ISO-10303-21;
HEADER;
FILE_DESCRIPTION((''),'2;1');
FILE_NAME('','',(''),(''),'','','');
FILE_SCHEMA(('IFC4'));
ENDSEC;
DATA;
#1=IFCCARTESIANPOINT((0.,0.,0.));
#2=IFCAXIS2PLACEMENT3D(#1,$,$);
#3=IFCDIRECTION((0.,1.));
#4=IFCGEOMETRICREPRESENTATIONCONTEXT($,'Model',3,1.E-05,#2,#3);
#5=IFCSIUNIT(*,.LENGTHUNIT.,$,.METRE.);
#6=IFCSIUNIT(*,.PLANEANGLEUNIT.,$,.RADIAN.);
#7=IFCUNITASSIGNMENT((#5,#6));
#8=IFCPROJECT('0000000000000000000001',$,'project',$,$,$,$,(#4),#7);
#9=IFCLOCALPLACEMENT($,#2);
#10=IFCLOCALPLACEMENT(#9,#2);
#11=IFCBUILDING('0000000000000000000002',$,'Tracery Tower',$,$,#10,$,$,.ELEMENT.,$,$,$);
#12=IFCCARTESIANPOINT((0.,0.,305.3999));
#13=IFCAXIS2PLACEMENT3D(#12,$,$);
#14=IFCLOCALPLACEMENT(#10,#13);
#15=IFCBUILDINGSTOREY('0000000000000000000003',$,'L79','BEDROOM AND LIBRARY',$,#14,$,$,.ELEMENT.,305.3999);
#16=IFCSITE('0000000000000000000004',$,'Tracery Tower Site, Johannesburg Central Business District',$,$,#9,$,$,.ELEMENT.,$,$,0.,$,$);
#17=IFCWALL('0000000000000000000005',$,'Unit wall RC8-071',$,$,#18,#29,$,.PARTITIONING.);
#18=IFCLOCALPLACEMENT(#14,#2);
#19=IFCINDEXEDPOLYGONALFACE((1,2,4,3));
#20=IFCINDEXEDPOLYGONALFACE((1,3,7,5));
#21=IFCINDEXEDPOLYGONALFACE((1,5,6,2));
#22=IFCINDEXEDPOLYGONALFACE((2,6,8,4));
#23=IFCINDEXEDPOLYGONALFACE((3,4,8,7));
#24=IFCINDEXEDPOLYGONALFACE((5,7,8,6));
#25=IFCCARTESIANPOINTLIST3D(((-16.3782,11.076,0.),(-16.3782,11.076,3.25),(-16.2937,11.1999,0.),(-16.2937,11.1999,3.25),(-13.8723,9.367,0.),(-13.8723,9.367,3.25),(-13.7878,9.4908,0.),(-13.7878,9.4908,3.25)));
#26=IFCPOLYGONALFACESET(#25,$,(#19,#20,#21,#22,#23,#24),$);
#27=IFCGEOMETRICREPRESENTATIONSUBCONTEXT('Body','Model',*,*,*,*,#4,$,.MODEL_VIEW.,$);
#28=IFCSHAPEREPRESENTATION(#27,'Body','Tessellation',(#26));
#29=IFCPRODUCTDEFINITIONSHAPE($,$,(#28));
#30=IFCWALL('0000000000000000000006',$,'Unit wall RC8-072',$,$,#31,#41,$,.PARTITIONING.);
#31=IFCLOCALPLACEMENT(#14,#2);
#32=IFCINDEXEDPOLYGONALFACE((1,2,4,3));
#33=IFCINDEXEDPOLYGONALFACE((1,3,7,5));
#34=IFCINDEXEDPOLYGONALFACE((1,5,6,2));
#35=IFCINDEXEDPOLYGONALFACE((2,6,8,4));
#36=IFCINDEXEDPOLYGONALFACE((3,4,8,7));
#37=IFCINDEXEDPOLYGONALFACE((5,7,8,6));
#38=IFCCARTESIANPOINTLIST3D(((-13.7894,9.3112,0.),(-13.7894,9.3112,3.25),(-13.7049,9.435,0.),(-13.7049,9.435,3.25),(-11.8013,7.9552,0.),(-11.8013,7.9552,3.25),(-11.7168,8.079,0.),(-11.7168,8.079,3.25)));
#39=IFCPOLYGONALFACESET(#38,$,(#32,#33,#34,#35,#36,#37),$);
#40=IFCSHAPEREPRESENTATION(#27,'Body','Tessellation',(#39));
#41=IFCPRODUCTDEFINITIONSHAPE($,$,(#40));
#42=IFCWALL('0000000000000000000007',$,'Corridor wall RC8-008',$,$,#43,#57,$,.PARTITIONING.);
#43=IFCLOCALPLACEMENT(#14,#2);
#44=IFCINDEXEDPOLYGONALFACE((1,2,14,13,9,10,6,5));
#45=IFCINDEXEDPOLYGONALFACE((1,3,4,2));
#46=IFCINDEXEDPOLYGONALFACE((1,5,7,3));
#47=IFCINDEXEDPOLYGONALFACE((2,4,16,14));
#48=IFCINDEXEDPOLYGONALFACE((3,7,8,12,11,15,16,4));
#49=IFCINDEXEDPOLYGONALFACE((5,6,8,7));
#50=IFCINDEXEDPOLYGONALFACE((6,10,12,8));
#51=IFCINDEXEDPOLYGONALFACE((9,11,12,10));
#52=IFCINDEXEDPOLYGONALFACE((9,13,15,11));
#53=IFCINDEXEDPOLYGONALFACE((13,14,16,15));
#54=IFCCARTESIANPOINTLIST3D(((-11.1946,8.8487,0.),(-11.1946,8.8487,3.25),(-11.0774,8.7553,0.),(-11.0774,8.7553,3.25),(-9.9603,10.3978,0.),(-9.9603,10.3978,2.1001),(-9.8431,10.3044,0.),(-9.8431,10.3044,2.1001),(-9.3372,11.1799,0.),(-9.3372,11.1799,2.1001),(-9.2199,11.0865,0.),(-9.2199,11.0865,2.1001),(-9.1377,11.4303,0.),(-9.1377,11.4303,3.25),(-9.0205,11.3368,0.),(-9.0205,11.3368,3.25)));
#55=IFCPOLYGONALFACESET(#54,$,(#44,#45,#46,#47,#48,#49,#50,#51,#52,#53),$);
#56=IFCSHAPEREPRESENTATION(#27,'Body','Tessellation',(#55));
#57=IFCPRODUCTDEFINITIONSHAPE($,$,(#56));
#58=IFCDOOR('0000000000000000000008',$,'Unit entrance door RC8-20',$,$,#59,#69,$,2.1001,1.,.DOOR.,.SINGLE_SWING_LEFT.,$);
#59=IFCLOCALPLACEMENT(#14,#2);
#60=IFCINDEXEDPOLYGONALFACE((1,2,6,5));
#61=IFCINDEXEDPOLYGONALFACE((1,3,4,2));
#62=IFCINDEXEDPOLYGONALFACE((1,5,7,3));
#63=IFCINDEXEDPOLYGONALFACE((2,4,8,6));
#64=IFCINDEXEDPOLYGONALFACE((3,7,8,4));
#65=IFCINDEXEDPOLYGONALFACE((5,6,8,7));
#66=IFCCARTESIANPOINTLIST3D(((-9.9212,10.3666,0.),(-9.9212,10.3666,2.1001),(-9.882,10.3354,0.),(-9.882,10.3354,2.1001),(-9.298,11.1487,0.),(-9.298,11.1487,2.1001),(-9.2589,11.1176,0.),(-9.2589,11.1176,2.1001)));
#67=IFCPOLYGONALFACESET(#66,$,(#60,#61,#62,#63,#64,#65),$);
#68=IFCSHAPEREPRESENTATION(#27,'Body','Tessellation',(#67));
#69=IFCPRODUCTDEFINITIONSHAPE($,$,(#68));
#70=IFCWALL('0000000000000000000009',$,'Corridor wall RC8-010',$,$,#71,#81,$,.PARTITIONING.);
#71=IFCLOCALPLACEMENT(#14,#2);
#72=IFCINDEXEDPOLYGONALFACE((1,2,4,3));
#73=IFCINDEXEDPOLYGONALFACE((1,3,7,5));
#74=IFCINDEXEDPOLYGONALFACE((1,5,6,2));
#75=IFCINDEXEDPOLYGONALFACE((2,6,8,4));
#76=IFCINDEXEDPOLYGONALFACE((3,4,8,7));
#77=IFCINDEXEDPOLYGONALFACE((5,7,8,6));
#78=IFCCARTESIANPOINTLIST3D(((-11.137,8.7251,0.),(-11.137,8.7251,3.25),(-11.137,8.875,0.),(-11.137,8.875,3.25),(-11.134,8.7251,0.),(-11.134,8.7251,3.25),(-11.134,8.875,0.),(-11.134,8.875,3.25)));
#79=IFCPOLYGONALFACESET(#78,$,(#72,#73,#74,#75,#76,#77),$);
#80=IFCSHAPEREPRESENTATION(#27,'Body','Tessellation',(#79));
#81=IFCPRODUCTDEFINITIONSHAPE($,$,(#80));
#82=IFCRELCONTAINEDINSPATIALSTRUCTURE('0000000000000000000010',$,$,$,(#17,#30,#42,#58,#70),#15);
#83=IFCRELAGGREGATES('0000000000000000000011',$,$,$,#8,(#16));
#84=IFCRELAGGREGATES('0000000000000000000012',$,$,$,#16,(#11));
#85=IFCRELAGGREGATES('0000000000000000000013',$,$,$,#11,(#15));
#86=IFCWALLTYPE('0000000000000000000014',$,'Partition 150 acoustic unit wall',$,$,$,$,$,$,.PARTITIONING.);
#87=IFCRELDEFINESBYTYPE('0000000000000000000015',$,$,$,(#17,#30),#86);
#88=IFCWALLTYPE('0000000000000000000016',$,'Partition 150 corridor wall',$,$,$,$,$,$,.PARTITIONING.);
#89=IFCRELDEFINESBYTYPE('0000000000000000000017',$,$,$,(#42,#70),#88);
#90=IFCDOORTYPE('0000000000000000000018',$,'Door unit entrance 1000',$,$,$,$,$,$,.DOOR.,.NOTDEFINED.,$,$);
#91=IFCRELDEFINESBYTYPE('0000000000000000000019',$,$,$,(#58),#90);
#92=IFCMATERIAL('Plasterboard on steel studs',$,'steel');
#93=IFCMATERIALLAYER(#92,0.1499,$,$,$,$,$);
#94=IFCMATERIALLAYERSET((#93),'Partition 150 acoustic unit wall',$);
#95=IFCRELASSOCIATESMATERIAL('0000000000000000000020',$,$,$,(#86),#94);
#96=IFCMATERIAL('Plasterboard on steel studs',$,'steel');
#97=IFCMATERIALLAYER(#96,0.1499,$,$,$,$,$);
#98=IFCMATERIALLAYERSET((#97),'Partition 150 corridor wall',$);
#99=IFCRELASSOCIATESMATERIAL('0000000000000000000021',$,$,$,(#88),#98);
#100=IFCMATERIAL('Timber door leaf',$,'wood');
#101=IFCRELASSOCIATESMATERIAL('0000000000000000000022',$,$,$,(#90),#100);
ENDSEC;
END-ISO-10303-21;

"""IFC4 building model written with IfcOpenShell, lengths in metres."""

from ifc_helpers import new_model, si_unit, direction, frame, frame_2d, origin, place, context, subcontext, project, spatial, rectangle, extrude, material, layer, layer_set, type_object, element, fill, save


model = new_model("IFC4")

# Units and contexts
model_context = context("Model", 3, precision=1e-05, world=origin(), true_north=direction((0.0, 1.0)))
body_context = subcontext(model_context, "Body", "Model", "MODEL_VIEW")
ifc_project = project(units=[si_unit("LENGTHUNIT", "METRE"), si_unit("PLANEANGLEUNIT", "RADIAN")], contexts=[model_context])

# Site, building, storey
site_placement = place(None, origin())
site = spatial("IfcSite", under=ifc_project, at=site_placement, Name="Tracery Tower Site, Johannesburg Central Business District", CompositionType="ELEMENT", RefElevation=0.0)
building_placement = place(site_placement, origin())
building = spatial("IfcBuilding", under=site, at=building_placement, Name="Tracery Tower", CompositionType="ELEMENT")
storey_placement = place(building_placement, frame((0.0, 0.0, 305.3999)))
storey = spatial("IfcBuildingStorey", under=building, at=storey_placement, Name="L79", Description="BEDROOM AND LIBRARY", CompositionType="ELEMENT", Elevation=305.3999)

# Walls
ifc_material_1 = material(Name="Plasterboard on steel studs", Category="steel")
ifc_layer_1 = layer(ifc_material_1, 0.1499)
ifc_layer_set_1 = layer_set([ifc_layer_1], Name="Partition 150 acoustic unit wall")
wall_type_1 = type_object("IfcWallType", Name="Partition 150 acoustic unit wall", PredefinedType="PARTITIONING", material=ifc_layer_set_1)
wall_1_placement = place(storey_placement, frame((-16.3359, 11.1379, 0.0), z_axis=(0.0, 0.0, 1.0), x_axis=(0.826159, -0.563437, 0.0)))
element("IfcWall", 1, at=wall_1_placement, inside=storey, type_object=wall_type_1, Name="Unit wall RC8-071", PredefinedType="PARTITIONING", context=body_context, shape_type="SweptSolid", body=[
    extrude(rectangle(XDim=3.0332, YDim=0.1499, at=frame_2d((1.5166, 0.0))), origin(), (0.0, 0.0, 1.0), 3.25),
])
wall_2_placement = place(storey_placement, frame((-13.7471, 9.373, 0.0), z_axis=(0.0, 0.0, 1.0), x_axis=(0.826135, -0.563472, 0.0)))
element("IfcWall", 2, at=wall_2_placement, inside=storey, type_object=wall_type_1, Name="Unit wall RC8-072", PredefinedType="PARTITIONING", context=body_context, shape_type="SweptSolid", body=[
    extrude(rectangle(XDim=2.4065, YDim=0.1499, at=frame_2d((1.2031, 0.0))), origin(), (0.0, 0.0, 1.0), 3.25),
])

# Wall, opening, door
ifc_material_2 = material(Name="Plasterboard on steel studs", Category="steel")
ifc_layer_2 = layer(ifc_material_2, 0.1499)
ifc_layer_set_2 = layer_set([ifc_layer_2], Name="Partition 150 corridor wall")
wall_type_2 = type_object("IfcWallType", Name="Partition 150 corridor wall", PredefinedType="PARTITIONING", material=ifc_layer_set_2)
wall_3_placement = place(storey_placement, frame((-11.136, 8.802, 0.0), z_axis=(0.0, 0.0, 1.0), x_axis=(0.623151, 0.782101, 0.0)))
wall_3 = element("IfcWall", 3, at=wall_3_placement, inside=storey, type_object=wall_type_2, Name="Corridor wall RC8-008", PredefinedType="PARTITIONING", context=body_context, shape_type="SweptSolid", body=[
    extrude(rectangle(XDim=3.3008, YDim=0.1499, at=frame_2d((1.6504, 0.0))), origin(), (0.0, 0.0, 1.0), 3.25),
])
opening_1_placement = place(wall_3_placement, frame((1.9807, 0.0, 0.0)))
opening_1 = element("IfcOpeningElement", 4, at=opening_1_placement, cuts=wall_3, PredefinedType="OPENING", context=body_context, shape_type="SweptSolid", body=[
    extrude(rectangle(XDim=1.0, YDim=2.1001, at=frame_2d((0.5, 1.05))), frame((0.0, 0.075, 0.0), z_axis=(0.0, -1.0, 0.0), x_axis=(1.0, 0.0, 0.0)), (0.0, 0.0, 1.0), 0.1499),
])
ifc_material_3 = material(Name="Timber door leaf", Category="wood")
door_type_1 = type_object("IfcDoorType", Name="Door unit entrance 1000", OperationType="NOTDEFINED", PredefinedType="DOOR", material=ifc_material_3)
door_1_placement = place(opening_1_placement, origin())
door_1 = element("IfcDoor", 5, at=door_1_placement, inside=storey, type_object=door_type_1, Name="Unit entrance door RC8-20", OperationType="SINGLE_SWING_LEFT", OverallHeight=2.1001, OverallWidth=1.0, PredefinedType="DOOR", context=body_context, shape_type="SweptSolid", body=[
    extrude(rectangle(XDim=1.0, YDim=2.1001, at=frame_2d((0.5, 1.05))), frame((0.0, 0.0249, 0.0), z_axis=(0.0, -1.0, 0.0), x_axis=(1.0, 0.0, 0.0)), (0.0, 0.0, 1.0), 0.05),
])
fill(opening_1, door_1)

# Wall
wall_4_placement = place(storey_placement, frame((-11.134, 8.8, 0.0), z_axis=(0.0, 0.0, 1.0), x_axis=(-1.0, 0.0, 0.0)))
element("IfcWall", 6, at=wall_4_placement, inside=storey, type_object=wall_type_2, Name="Corridor wall RC8-010", PredefinedType="PARTITIONING", context=body_context, shape_type="SweptSolid", body=[
    extrude(rectangle(XDim=0.0029, YDim=0.1499, at=frame_2d((0.0015, 0.0))), origin(), (0.0, 0.0, 1.0), 3.25),
])

save(model, "model.ifc")
